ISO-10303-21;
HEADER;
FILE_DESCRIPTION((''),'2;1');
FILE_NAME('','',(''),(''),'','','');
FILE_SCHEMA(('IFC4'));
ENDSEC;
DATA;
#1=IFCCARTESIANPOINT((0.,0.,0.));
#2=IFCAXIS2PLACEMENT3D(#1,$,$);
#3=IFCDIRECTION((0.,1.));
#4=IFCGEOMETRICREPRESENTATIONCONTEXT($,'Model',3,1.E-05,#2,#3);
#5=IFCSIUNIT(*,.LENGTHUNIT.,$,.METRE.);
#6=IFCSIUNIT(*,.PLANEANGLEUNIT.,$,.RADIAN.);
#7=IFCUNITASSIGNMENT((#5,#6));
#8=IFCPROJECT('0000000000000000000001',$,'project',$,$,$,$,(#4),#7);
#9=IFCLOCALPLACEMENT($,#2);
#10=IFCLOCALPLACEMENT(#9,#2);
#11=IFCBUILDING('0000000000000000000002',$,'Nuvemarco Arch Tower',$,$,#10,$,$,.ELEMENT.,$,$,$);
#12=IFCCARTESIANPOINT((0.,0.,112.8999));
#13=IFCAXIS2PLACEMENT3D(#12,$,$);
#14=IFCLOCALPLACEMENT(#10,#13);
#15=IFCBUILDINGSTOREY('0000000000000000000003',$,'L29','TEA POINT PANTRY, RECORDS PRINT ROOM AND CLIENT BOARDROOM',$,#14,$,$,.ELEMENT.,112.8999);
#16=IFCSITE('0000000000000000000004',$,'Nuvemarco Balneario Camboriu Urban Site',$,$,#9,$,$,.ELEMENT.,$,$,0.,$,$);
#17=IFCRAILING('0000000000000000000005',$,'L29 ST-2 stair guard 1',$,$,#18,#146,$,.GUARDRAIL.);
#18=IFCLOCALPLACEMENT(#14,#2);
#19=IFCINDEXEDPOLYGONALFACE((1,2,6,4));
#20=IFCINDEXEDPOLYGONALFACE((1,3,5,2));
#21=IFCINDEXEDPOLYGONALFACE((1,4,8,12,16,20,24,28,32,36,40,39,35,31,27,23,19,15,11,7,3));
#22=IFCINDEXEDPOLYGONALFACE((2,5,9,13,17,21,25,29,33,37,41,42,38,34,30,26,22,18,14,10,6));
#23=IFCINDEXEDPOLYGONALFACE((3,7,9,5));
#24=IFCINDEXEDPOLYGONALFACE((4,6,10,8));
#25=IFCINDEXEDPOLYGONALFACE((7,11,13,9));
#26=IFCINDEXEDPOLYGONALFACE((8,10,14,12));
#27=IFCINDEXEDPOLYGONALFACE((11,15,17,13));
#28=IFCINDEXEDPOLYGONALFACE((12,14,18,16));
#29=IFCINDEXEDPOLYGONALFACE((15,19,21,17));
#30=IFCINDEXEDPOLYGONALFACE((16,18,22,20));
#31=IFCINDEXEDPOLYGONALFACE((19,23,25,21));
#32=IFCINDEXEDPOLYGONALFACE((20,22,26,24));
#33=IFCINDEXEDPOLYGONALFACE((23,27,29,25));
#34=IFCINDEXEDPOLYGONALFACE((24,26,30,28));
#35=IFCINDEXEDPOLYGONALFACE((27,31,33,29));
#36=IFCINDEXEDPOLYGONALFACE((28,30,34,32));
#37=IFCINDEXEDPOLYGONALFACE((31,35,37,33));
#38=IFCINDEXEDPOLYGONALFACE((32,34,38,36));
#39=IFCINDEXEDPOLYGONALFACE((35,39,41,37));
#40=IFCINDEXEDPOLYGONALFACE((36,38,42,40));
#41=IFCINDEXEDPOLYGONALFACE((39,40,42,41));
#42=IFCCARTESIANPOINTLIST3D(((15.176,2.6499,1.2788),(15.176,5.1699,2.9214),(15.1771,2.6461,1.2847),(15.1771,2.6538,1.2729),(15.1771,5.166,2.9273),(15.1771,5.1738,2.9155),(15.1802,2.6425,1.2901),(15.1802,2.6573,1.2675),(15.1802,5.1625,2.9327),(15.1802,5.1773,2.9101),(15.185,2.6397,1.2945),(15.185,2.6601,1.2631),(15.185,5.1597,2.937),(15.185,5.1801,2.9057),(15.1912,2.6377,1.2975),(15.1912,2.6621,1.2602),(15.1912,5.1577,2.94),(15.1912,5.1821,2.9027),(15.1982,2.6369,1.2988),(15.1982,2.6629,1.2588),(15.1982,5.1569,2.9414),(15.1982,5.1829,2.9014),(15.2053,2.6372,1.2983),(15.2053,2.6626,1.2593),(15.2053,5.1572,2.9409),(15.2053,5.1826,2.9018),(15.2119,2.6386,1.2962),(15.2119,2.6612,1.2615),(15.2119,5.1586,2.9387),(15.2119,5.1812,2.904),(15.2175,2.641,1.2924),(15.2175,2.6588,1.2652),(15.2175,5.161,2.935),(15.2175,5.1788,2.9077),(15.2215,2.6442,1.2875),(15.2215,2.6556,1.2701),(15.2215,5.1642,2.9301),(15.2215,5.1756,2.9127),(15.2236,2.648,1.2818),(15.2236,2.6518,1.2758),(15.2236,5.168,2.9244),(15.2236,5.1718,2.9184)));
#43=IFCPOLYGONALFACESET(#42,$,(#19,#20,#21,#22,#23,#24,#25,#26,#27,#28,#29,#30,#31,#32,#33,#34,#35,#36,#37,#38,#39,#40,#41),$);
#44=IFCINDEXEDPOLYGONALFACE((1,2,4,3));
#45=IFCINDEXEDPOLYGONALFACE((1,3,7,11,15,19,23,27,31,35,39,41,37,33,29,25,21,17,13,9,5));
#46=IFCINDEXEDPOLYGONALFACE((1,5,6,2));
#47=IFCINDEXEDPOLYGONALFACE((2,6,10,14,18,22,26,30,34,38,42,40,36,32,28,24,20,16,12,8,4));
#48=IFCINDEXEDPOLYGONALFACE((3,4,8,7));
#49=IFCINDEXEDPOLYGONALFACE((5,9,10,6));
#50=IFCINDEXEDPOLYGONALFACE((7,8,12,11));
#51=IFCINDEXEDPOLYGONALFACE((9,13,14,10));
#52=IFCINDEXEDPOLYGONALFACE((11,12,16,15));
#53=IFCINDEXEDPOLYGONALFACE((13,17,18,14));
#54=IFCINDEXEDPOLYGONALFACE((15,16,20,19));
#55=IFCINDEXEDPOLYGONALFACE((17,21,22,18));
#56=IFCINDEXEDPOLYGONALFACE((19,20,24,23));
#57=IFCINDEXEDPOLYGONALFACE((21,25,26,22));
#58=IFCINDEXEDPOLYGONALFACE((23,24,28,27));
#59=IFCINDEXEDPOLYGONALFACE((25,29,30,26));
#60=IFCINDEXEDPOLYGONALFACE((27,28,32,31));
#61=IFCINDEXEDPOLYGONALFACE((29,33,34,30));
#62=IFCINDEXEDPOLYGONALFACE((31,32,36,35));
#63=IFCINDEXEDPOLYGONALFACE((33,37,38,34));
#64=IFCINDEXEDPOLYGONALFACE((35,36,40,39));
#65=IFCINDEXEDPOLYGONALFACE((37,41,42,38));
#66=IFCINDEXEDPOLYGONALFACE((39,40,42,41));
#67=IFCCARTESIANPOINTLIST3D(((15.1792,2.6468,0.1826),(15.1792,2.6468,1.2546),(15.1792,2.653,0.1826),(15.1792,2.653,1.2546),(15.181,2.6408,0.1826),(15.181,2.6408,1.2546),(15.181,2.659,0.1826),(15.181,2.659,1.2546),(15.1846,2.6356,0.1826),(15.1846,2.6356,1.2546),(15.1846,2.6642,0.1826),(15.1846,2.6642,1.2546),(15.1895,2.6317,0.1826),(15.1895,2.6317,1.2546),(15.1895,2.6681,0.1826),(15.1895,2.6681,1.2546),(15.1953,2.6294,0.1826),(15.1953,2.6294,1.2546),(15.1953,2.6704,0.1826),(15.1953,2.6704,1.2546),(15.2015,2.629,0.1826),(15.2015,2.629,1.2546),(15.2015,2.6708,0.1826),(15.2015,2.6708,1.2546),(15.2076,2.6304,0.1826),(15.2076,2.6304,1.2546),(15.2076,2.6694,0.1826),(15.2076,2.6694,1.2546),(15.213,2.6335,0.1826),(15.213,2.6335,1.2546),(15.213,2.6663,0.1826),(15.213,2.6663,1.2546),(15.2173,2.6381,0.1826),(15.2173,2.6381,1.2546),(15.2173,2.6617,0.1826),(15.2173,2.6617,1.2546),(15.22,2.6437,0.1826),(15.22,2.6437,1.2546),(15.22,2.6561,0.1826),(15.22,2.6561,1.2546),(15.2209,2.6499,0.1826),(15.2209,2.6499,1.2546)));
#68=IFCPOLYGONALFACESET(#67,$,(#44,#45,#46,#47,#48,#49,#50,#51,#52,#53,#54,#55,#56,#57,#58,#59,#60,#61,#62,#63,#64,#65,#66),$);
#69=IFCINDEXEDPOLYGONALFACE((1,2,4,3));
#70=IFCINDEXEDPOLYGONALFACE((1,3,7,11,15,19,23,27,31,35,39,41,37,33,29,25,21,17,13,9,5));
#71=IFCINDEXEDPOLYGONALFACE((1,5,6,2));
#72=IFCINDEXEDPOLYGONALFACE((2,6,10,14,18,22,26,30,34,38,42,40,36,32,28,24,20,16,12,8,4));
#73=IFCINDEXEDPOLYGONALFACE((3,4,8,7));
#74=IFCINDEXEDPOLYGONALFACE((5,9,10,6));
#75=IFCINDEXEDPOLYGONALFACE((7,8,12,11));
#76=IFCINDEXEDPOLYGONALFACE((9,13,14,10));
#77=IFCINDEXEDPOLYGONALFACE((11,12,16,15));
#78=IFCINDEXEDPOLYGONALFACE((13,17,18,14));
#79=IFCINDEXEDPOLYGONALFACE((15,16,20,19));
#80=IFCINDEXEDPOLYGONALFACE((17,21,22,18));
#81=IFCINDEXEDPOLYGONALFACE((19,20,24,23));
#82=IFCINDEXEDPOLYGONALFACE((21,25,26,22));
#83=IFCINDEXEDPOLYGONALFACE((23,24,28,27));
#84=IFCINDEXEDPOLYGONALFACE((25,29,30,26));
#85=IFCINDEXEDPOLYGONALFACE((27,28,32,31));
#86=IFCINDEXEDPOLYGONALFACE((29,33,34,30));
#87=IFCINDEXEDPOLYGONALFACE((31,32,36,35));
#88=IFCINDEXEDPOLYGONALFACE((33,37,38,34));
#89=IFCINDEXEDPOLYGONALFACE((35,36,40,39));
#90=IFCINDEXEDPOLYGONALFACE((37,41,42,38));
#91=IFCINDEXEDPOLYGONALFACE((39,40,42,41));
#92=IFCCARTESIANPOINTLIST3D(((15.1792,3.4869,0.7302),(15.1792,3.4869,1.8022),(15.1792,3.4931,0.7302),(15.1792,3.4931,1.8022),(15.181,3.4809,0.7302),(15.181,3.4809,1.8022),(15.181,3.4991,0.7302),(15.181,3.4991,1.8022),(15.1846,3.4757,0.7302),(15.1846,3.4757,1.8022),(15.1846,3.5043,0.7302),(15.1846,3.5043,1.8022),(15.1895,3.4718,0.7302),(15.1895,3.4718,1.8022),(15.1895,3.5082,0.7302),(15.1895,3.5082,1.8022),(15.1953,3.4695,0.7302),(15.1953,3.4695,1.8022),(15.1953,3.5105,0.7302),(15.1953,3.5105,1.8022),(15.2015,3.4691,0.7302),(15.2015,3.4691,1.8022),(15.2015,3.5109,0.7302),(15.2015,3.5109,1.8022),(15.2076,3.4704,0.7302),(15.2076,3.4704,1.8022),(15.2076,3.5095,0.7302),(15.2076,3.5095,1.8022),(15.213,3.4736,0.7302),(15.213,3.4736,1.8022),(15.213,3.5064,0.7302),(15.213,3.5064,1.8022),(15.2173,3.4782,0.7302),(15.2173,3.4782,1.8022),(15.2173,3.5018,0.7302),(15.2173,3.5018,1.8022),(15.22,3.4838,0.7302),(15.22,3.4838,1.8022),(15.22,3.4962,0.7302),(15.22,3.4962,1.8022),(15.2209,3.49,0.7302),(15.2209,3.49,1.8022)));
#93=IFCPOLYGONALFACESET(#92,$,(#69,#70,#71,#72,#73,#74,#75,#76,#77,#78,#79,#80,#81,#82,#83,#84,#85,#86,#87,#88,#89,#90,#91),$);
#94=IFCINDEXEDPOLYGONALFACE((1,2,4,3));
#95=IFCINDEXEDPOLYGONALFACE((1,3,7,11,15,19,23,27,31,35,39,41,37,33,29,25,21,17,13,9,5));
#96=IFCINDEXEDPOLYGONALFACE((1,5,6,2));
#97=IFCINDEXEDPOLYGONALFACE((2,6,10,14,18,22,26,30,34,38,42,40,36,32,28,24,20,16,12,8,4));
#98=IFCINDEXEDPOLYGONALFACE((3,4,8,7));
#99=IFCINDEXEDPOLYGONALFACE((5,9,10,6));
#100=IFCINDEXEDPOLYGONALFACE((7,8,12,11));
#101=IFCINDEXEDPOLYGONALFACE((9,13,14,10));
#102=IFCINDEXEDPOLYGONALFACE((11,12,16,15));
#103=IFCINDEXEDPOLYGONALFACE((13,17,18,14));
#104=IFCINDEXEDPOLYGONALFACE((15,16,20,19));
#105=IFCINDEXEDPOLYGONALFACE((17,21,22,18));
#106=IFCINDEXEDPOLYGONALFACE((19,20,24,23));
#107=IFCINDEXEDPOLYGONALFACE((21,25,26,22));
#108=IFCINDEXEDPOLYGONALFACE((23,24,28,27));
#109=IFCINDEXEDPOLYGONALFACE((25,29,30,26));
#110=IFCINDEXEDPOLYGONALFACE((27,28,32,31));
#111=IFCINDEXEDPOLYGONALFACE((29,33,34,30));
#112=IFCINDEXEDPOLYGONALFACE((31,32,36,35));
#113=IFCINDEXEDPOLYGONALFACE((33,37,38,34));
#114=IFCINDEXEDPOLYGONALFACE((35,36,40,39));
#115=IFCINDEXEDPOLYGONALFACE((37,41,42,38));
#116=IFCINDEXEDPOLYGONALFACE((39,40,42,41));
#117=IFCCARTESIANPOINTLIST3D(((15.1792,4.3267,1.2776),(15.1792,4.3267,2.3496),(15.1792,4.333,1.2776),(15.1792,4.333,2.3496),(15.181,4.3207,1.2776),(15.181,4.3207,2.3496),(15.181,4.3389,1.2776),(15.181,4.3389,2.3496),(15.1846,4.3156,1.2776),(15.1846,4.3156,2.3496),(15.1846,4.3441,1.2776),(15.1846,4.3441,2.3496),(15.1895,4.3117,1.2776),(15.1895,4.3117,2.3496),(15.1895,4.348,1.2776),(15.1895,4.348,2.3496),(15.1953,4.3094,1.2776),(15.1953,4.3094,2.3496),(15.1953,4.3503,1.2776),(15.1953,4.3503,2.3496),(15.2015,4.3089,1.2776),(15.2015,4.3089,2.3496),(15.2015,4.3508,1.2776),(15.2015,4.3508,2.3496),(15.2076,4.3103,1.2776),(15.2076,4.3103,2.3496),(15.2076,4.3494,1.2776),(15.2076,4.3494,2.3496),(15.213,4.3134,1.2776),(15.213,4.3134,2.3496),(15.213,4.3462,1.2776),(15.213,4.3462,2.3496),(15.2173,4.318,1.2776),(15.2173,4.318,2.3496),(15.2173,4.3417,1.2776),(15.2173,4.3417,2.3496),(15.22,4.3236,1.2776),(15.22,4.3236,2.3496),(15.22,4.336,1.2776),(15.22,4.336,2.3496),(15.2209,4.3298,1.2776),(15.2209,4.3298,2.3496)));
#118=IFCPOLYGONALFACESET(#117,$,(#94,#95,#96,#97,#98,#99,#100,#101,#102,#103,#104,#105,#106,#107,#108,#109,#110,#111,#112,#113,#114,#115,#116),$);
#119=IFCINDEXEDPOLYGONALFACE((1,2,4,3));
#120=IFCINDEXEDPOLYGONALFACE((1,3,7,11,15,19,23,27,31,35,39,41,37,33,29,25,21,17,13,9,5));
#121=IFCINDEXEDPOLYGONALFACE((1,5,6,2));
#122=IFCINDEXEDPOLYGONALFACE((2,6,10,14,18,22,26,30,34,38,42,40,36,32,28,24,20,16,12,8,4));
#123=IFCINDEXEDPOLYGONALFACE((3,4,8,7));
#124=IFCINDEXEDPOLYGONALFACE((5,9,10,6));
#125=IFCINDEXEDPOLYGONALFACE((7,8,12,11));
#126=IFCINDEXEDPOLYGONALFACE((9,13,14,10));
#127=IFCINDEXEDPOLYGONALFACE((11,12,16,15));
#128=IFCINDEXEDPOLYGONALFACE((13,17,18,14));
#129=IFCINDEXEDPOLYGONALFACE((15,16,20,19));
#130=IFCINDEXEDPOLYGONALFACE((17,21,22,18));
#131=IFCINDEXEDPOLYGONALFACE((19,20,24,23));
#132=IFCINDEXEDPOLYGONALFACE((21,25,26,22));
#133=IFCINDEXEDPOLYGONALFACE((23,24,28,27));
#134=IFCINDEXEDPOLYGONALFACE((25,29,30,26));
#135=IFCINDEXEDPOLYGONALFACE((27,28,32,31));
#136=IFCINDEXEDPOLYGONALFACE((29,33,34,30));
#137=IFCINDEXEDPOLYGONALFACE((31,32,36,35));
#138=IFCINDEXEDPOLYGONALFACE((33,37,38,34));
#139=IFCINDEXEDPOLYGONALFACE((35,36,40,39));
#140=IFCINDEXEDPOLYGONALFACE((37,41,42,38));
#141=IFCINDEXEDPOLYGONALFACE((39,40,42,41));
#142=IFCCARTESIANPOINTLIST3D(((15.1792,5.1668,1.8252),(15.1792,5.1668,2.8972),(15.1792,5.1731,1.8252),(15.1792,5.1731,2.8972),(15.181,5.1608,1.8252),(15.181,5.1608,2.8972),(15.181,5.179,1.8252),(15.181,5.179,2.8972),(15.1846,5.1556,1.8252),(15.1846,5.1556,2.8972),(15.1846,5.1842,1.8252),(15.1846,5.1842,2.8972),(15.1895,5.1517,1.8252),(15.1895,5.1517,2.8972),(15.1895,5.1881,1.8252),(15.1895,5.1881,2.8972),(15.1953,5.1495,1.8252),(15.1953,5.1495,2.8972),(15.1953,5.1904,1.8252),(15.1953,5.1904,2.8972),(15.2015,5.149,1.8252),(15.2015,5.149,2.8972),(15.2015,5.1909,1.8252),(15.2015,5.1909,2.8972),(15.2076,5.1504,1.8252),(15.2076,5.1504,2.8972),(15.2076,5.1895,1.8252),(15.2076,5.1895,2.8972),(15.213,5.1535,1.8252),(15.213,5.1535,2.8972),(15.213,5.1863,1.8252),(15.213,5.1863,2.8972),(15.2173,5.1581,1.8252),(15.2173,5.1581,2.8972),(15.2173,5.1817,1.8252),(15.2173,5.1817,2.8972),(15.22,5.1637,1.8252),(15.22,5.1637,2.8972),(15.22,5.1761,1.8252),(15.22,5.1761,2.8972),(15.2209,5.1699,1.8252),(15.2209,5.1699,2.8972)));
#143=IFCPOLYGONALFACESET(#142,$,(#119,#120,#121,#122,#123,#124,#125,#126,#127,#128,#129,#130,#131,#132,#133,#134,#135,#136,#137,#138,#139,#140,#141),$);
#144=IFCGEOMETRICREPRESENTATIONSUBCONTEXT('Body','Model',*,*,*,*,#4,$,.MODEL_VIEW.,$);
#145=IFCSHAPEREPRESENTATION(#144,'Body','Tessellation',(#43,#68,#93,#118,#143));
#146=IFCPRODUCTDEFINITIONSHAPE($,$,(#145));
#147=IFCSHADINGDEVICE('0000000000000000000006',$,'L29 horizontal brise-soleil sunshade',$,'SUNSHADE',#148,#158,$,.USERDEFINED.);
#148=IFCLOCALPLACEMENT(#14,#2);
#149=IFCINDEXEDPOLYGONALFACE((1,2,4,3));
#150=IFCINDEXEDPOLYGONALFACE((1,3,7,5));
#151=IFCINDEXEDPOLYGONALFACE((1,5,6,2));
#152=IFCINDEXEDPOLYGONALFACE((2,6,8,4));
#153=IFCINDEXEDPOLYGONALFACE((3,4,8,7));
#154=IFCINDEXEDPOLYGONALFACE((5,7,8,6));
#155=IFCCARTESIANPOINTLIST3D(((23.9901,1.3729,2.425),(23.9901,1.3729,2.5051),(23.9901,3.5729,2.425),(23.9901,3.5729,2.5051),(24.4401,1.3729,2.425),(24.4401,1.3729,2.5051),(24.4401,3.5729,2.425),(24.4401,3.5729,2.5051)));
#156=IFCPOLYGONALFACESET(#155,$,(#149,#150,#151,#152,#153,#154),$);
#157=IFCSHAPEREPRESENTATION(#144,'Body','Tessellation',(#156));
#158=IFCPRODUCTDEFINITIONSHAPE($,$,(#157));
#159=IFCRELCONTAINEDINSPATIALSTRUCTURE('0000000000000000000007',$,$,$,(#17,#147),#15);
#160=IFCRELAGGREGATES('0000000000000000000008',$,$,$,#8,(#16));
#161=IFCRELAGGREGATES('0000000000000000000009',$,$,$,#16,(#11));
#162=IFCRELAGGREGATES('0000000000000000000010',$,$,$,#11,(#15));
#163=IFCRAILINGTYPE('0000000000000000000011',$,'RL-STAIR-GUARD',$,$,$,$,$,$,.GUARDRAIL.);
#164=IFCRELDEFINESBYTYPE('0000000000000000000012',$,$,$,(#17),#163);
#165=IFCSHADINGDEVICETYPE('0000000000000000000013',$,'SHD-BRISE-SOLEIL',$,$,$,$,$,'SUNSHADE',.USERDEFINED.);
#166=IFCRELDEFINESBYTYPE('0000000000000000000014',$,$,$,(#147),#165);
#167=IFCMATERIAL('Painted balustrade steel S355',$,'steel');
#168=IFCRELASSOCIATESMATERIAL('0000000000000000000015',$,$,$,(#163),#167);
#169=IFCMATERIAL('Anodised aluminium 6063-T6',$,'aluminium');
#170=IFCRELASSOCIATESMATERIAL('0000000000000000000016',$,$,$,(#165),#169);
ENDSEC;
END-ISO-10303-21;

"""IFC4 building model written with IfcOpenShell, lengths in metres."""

from ifc_helpers import new_model, si_unit, direction, frame, origin, origin_2d, place, context, subcontext, project, spatial, rectangle, circle, extrude, source, transform, mapped, material, type_object, type_shapes, element, save


model = new_model("IFC4")

# Units and contexts
model_context = context("Model", 3, precision=1e-05, world=origin(), true_north=direction((0.0, 1.0)))
body_context = subcontext(model_context, "Body", "Model", "MODEL_VIEW")
ifc_project = project(units=[si_unit("LENGTHUNIT", "METRE"), si_unit("PLANEANGLEUNIT", "RADIAN")], contexts=[model_context])

# Site, building, storey
site_placement = place(None, origin())
site = spatial("IfcSite", under=ifc_project, at=site_placement, Name="Nuvemarco Balneario Camboriu Urban Site", CompositionType="ELEMENT", RefElevation=0.0)
building_placement = place(site_placement, origin())
building = spatial("IfcBuilding", under=site, at=building_placement, Name="Nuvemarco Arch Tower", CompositionType="ELEMENT")
storey_placement = place(building_placement, frame((0.0, 0.0, 112.8999)))
storey = spatial("IfcBuildingStorey", under=building, at=storey_placement, Name="L29", Description="TEA POINT PANTRY, RECORDS PRINT ROOM AND CLIENT BOARDROOM", CompositionType="ELEMENT", Elevation=112.8999)

# Railing
ifc_material_1 = material(Name="Painted balustrade steel S355", Category="steel")
railing_type_1 = type_object("IfcRailingType", Name="RL-STAIR-GUARD", PredefinedType="GUARDRAIL", material=ifc_material_1)
railing_1_placement = place(storey_placement, frame((15.2, 2.6499, 0.1826)))
element("IfcRailing", 1, at=railing_1_placement, inside=storey, type_object=railing_type_1, Name="L29 ST-2 stair guard 1", PredefinedType="GUARDRAIL", context=body_context, shape_type="SweptSolid", body=[
    extrude(circle(Radius=0.0239, at=origin_2d()), frame((0.0, 0.0, 1.0962), z_axis=(0.0, 0.837749, 0.546055), x_axis=(-1.0, 0.0, 0.0)), (0.0, 0.0, 1.0), 3.0081),
    extrude(circle(Radius=0.021, at=origin_2d()), origin(), (0.0, 0.0, 1.0), 1.072),
    extrude(circle(Radius=0.021, at=origin_2d()), frame((0.0, 0.8401, 0.5476)), (0.0, 0.0, 1.0), 1.072),
    extrude(circle(Radius=0.021, at=origin_2d()), frame((0.0, 1.6799, 1.095)), (0.0, 0.0, 1.0), 1.072),
    extrude(circle(Radius=0.021, at=origin_2d()), frame((0.0, 2.52, 1.6426)), (0.0, 0.0, 1.0), 1.072),
])

# Shading device
ifc_material_2 = material(Name="Anodised aluminium 6063-T6", Category="aluminium")
shading_device_type = type_object("IfcShadingDeviceType", Name="SHD-BRISE-SOLEIL", ElementType="SUNSHADE", PredefinedType="USERDEFINED", material=ifc_material_2)
shared_shape_1 = source(origin(), body_context, "Body", "SweptSolid", [
    extrude(rectangle(XDim=2.2, YDim=0.45, at=origin_2d()), origin(), (0.0, 0.0, 1.0), 0.0801),
])
type_shapes(shading_device_type, [shared_shape_1])
shading_device_placement = place(storey_placement, frame((24.2151, 2.4729, 2.425), z_axis=(0.0, 0.0, 1.0), x_axis=(0.0, 1.0, 0.0)))
element("IfcShadingDevice", 2, at=shading_device_placement, inside=storey, type_object=shading_device_type, Name="L29 horizontal brise-soleil sunshade", ObjectType="SUNSHADE", PredefinedType="USERDEFINED", context=body_context, shape_type="MappedRepresentation", body=[
    mapped(shared_shape_1, transform((0.0, 0.0, 0.0), scale=1.0)),
])

save(model, "model.ifc")
